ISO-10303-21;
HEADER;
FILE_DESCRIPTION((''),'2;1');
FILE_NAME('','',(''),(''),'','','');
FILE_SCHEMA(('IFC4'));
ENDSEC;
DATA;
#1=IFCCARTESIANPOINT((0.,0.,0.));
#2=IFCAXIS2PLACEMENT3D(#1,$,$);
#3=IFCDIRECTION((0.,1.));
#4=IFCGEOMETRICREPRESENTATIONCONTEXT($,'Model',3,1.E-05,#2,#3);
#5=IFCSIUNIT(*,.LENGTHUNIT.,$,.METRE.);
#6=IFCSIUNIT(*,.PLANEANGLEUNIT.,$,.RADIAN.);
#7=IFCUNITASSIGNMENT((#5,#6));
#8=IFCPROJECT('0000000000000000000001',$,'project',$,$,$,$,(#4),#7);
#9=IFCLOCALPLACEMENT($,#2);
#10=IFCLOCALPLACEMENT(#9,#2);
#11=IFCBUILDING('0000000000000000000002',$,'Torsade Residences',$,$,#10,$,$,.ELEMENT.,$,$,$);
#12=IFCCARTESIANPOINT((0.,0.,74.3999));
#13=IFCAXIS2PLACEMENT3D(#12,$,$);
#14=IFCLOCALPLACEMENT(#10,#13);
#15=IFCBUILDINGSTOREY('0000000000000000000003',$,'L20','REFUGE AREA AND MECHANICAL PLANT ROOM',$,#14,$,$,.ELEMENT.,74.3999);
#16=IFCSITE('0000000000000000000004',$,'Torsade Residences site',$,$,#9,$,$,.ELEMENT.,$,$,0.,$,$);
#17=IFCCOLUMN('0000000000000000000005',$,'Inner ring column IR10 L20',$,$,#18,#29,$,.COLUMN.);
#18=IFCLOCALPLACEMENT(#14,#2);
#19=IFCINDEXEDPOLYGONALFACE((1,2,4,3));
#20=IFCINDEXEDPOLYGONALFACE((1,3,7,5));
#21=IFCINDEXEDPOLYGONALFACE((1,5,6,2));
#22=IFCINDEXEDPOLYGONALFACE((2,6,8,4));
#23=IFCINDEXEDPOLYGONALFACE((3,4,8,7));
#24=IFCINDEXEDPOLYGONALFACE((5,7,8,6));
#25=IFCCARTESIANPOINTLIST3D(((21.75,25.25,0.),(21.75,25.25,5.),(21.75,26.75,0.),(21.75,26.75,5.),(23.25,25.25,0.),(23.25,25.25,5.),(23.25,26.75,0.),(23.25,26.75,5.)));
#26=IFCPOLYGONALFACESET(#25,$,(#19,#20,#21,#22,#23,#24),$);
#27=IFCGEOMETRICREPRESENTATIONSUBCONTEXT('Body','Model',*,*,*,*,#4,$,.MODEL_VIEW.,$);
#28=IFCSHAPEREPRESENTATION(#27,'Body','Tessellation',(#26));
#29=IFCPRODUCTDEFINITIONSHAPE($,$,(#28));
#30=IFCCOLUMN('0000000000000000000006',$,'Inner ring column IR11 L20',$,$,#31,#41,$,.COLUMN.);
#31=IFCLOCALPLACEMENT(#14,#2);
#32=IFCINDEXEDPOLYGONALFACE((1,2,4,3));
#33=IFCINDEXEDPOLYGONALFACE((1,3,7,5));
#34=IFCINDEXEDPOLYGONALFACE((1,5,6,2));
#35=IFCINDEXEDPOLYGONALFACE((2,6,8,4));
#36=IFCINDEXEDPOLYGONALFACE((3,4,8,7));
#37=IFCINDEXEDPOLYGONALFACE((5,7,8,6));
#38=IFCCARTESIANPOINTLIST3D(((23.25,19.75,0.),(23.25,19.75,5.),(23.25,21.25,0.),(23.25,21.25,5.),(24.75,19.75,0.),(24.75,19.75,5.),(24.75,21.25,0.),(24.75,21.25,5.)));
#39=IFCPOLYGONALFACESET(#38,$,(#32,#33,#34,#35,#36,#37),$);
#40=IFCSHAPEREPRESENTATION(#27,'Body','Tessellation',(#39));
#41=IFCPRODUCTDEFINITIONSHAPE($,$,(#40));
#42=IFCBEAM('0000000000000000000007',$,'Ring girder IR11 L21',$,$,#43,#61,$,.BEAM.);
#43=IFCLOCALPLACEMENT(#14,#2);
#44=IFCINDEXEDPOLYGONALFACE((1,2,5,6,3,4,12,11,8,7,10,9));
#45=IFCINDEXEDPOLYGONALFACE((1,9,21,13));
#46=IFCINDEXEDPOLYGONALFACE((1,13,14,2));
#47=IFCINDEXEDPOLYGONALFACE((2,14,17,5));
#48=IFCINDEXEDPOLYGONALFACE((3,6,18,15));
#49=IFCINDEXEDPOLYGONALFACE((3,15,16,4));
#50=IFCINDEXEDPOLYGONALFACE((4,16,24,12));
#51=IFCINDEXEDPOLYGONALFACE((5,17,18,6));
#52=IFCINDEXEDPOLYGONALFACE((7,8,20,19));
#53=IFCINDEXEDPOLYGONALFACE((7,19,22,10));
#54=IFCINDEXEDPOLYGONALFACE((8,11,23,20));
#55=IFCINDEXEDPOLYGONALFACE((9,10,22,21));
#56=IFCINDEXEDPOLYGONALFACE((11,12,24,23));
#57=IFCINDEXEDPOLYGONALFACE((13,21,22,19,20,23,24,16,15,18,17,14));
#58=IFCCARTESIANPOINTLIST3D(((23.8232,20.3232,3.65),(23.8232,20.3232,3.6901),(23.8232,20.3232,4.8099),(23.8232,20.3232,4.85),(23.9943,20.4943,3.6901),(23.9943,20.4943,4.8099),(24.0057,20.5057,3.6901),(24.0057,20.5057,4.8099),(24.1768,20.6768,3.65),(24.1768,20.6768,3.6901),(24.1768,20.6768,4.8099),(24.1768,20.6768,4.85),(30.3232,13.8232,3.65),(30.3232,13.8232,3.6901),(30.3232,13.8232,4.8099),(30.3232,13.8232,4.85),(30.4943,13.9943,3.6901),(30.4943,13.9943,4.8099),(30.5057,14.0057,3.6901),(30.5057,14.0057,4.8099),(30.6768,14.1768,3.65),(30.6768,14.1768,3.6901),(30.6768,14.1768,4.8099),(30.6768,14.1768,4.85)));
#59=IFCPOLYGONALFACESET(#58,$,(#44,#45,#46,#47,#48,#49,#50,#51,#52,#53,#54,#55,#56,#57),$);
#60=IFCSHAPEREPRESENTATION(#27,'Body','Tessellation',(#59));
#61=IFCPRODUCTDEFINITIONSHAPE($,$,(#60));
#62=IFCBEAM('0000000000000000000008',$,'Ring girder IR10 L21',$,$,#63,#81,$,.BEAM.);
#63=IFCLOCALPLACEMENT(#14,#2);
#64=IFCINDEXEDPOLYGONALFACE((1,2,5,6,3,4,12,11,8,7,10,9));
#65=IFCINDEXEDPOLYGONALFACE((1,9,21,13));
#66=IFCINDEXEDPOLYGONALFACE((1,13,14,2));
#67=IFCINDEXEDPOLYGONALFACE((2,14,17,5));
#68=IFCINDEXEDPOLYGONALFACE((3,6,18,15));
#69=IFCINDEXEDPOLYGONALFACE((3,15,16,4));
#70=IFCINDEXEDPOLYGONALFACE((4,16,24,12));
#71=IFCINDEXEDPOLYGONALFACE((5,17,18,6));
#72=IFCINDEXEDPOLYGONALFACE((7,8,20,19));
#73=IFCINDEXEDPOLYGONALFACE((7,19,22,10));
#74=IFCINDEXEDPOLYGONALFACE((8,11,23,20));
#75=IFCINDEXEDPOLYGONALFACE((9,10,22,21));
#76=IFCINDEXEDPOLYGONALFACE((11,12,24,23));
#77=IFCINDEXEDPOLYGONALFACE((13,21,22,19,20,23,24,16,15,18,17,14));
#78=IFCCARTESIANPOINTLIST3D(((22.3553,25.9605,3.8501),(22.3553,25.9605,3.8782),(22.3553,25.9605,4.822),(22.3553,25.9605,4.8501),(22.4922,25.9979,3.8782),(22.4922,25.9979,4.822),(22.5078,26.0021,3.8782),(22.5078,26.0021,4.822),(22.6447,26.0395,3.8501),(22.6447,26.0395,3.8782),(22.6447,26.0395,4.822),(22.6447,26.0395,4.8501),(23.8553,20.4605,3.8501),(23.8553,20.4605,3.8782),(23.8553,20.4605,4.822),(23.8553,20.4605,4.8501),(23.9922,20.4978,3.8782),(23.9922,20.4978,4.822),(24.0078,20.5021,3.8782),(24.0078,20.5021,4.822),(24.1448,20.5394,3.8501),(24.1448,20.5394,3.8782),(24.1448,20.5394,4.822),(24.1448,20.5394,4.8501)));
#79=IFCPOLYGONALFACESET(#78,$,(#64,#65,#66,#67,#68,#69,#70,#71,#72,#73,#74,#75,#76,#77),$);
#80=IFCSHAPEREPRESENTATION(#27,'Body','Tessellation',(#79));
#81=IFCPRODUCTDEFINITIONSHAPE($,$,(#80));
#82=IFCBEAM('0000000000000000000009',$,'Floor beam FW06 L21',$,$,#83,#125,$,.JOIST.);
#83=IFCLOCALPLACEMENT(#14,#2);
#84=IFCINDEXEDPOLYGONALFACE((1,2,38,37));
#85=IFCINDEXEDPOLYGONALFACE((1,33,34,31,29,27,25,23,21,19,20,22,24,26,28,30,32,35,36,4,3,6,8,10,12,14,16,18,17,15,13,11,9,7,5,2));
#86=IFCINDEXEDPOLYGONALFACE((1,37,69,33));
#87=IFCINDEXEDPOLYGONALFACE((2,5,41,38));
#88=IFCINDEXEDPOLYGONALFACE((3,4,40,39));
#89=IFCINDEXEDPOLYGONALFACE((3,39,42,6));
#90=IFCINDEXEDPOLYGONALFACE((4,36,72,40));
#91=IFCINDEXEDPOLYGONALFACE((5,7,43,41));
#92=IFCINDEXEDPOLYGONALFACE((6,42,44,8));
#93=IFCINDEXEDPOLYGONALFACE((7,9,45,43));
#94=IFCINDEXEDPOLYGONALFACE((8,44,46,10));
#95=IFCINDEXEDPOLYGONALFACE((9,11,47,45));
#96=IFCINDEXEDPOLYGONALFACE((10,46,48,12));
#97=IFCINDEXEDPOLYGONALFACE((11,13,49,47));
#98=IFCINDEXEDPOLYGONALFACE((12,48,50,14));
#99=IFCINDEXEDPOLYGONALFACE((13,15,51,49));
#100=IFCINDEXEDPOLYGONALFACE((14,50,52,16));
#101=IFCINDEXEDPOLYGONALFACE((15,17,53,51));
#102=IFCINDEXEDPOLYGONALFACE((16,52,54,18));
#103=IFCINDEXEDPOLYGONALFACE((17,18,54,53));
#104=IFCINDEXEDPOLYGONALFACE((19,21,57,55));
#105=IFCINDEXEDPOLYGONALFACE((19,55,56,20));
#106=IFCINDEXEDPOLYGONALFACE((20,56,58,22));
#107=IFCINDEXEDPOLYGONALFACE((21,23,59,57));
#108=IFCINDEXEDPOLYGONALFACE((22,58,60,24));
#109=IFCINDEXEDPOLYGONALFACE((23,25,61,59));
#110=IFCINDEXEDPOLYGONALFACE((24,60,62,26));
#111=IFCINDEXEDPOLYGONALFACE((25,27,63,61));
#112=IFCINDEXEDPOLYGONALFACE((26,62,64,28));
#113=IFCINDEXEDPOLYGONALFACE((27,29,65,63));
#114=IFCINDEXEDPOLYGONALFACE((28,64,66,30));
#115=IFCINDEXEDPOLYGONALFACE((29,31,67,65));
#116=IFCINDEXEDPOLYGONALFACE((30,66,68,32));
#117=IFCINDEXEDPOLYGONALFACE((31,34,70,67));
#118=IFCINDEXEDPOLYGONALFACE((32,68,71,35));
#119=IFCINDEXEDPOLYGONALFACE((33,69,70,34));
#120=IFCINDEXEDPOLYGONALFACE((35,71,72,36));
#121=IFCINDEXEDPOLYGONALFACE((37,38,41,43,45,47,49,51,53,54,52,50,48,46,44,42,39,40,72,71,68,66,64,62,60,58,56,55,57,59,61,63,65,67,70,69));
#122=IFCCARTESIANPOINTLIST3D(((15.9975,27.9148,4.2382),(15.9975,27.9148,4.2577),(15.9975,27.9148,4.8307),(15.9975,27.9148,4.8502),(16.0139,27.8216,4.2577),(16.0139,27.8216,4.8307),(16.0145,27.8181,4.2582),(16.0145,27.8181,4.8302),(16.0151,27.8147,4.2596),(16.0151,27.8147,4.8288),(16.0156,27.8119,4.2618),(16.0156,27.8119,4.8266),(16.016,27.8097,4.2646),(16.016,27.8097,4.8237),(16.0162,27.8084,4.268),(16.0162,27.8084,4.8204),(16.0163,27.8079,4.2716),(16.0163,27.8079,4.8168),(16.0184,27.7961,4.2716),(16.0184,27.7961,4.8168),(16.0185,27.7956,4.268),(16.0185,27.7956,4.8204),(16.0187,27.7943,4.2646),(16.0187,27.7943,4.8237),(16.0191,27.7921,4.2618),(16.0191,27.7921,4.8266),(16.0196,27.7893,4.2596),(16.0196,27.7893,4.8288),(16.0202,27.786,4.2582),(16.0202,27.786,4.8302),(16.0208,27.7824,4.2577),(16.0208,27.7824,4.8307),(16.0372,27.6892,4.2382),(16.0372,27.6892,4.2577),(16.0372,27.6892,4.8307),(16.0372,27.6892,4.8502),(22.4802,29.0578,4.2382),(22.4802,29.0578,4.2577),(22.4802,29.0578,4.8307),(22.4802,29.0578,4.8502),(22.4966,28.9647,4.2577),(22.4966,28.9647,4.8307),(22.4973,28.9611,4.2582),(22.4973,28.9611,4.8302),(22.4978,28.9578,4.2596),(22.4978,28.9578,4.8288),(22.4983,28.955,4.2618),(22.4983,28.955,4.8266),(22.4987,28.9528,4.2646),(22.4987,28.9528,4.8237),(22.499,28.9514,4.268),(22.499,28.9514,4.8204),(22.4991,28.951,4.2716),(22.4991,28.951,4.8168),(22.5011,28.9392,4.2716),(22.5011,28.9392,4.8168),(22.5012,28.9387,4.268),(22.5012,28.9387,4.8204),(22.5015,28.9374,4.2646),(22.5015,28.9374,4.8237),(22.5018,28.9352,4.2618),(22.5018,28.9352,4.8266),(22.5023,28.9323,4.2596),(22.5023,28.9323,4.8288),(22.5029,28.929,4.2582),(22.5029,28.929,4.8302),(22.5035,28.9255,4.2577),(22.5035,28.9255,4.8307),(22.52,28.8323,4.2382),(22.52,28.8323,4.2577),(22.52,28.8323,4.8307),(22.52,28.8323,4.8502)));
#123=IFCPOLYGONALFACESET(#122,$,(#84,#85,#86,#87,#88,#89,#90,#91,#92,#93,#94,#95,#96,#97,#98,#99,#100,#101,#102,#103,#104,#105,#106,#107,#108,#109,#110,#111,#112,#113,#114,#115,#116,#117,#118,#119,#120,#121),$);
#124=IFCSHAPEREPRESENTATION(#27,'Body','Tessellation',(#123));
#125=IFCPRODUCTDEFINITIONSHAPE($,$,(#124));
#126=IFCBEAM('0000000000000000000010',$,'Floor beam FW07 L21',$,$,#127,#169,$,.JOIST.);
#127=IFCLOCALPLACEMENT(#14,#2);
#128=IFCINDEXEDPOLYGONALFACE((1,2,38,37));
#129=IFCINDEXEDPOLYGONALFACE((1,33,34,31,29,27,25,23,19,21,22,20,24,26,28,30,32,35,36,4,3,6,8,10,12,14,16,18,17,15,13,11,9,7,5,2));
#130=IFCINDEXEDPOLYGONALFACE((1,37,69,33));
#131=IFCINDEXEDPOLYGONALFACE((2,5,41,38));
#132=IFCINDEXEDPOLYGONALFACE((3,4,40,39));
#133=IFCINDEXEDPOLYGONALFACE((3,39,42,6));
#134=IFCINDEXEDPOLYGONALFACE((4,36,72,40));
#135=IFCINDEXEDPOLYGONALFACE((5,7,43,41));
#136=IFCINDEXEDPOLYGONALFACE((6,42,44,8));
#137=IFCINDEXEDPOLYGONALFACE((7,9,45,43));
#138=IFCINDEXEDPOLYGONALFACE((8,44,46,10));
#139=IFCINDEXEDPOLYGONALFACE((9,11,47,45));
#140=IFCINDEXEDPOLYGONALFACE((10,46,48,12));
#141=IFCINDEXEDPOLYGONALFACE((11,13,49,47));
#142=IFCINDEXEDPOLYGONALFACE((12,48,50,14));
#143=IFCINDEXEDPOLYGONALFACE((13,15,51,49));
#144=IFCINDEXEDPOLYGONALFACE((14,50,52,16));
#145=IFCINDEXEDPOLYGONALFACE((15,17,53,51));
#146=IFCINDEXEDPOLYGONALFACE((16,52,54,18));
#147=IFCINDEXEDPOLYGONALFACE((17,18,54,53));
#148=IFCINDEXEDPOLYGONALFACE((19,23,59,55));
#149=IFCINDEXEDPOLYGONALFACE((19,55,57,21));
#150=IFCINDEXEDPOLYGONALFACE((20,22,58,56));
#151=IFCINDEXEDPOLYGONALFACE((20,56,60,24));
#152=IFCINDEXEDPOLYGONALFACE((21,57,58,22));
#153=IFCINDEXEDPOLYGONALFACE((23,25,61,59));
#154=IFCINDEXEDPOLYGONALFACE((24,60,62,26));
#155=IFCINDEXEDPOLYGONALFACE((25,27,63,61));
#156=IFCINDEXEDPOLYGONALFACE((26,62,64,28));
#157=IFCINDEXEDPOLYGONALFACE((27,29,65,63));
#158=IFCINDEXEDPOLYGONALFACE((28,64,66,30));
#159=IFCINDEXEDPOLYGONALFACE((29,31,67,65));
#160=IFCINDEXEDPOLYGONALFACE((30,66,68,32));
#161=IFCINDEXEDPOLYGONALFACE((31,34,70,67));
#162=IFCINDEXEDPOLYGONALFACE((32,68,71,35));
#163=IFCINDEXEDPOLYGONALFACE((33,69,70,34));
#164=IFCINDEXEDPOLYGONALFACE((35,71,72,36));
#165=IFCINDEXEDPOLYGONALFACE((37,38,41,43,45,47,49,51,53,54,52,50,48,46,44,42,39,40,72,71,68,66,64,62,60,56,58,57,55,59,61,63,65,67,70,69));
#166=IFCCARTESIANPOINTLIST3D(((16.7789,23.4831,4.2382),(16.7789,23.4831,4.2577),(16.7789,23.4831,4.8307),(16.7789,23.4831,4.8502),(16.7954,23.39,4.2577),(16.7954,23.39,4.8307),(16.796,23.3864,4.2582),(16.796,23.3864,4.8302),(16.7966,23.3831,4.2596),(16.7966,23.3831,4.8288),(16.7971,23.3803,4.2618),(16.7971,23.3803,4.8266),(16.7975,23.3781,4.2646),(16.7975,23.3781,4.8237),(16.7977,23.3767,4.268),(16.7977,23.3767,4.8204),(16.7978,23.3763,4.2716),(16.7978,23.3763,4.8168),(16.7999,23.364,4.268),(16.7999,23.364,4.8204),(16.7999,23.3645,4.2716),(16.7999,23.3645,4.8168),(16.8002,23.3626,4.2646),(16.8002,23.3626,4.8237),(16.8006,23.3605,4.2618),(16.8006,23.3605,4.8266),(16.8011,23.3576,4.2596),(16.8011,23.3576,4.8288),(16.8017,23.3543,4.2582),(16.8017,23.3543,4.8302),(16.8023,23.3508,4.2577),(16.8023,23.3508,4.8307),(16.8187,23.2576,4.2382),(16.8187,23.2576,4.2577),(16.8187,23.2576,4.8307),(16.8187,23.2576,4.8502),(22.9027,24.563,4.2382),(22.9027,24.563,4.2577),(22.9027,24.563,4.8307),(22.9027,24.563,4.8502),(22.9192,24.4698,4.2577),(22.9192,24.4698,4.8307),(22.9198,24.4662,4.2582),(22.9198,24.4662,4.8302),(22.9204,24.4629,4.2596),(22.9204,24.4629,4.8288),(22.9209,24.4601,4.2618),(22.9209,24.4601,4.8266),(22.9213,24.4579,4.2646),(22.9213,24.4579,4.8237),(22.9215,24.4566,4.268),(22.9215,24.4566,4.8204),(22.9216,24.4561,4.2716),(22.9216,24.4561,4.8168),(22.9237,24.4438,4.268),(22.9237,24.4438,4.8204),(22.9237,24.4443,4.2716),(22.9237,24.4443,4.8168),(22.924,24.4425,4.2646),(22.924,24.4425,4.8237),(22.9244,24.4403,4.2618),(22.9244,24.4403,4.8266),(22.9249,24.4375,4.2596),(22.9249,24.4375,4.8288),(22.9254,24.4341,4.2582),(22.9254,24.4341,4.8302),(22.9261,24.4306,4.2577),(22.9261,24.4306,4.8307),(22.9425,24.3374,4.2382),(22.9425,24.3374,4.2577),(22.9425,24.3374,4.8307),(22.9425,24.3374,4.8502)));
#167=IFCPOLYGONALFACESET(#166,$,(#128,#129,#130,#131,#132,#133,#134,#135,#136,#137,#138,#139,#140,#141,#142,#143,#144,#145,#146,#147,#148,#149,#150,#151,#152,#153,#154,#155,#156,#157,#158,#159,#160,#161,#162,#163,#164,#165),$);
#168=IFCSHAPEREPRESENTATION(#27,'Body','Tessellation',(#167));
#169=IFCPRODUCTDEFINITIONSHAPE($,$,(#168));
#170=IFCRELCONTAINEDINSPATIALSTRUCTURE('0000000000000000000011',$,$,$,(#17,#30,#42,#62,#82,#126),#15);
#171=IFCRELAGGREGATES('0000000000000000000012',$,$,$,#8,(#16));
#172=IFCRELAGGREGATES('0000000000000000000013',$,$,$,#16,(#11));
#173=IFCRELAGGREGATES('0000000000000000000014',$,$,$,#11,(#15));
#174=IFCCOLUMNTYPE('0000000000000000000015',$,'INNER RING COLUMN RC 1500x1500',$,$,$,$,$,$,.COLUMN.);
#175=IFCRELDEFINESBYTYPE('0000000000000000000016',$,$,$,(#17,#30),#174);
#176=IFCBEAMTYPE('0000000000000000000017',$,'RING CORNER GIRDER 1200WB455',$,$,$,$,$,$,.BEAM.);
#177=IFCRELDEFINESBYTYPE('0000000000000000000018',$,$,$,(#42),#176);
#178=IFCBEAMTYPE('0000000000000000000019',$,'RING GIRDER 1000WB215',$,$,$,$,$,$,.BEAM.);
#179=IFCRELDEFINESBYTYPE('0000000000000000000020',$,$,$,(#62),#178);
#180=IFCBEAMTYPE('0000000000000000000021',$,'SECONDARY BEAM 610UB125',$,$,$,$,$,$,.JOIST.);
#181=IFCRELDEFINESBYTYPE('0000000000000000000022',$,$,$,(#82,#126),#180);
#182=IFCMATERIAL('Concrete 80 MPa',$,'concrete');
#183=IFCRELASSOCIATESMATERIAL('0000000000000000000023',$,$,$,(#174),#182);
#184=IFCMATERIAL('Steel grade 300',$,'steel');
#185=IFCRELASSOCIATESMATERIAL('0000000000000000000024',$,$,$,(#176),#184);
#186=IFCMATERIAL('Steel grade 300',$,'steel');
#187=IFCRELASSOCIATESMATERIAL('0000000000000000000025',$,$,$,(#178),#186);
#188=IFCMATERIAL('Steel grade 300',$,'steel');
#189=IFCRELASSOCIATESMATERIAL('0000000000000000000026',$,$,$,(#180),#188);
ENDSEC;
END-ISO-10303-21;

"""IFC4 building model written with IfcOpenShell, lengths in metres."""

from ifc_helpers import new_model, si_unit, direction, frame, origin, origin_2d, place, context, subcontext, project, spatial, rectangle, i_section, extrude, material, material_profile, profile_set, type_object, element, save


model = new_model("IFC4")

# Units and contexts
model_context = context("Model", 3, precision=1e-05, world=origin(), true_north=direction((0.0, 1.0)))
body_context = subcontext(model_context, "Body", "Model", "MODEL_VIEW")
ifc_project = project(units=[si_unit("LENGTHUNIT", "METRE"), si_unit("PLANEANGLEUNIT", "RADIAN")], contexts=[model_context])

# Site, building, storey
site_placement = place(None, origin())
site = spatial("IfcSite", under=ifc_project, at=site_placement, Name="Torsade Residences site", CompositionType="ELEMENT", RefElevation=0.0)
building_placement = place(site_placement, origin())
building = spatial("IfcBuilding", under=site, at=building_placement, Name="Torsade Residences", CompositionType="ELEMENT")
storey_placement = place(building_placement, frame((0.0, 0.0, 74.3999)))
storey = spatial("IfcBuildingStorey", under=building, at=storey_placement, Name="L20", Description="REFUGE AREA AND MECHANICAL PLANT ROOM", CompositionType="ELEMENT", Elevation=74.3999)

# Columns
ifc_material_1 = material(Name="Concrete 80 MPa", Category="concrete")
ifc_material_profile_1 = material_profile(ifc_material_1, rectangle(XDim=1.5, YDim=1.5, at=origin_2d()), Name="RC 1500x1500")
ifc_profile_set_1 = profile_set([ifc_material_profile_1], Name="Concrete 80 MPa")
column_type = type_object("IfcColumnType", Name="INNER RING COLUMN RC 1500x1500", PredefinedType="COLUMN", material=ifc_profile_set_1)
for number, where, z_axis, x_axis, name in (
    (1, (22.5, 26.0, 0.0), (0.0, 0.0, 1.0), (1.0, 0.0, 0.0), "Inner ring column IR10 L20"),
    (2, (24.0, 20.5, 0.0), (0.0, 0.0, 1.0), (1.0, 0.0, 0.0), "Inner ring column IR11 L20"),
):
    element("IfcColumn", number, at=place(storey_placement, frame(where, z_axis=z_axis, x_axis=x_axis)), inside=storey, type_object=column_type, Name=name, PredefinedType="COLUMN", context=body_context, shape_type="SweptSolid", body=[
        extrude(rectangle(XDim=1.5, YDim=1.5, at=origin_2d()), origin(), (0.0, 0.0, 1.0), 5.0),
    ])

# Beams
ifc_material_2 = material(Name="Steel grade 300", Category="steel")
ifc_material_profile_2 = material_profile(ifc_material_2, i_section(OverallWidth=0.5, OverallDepth=1.2, WebThickness=0.0161, FlangeThickness=0.04, at=origin_2d()), Name="1200WB455")
ifc_profile_set_2 = profile_set([ifc_material_profile_2], Name="Steel grade 300")
beam_type_1 = type_object("IfcBeamType", Name="RING CORNER GIRDER 1200WB455", PredefinedType="BEAM", material=ifc_profile_set_2)
beam_1_placement = place(storey_placement, frame((24.0, 20.5, 4.25), z_axis=(0.707107, -0.707107, 0.0), x_axis=(0.707107, 0.707107, 0.0)))
element("IfcBeam", 3, at=beam_1_placement, inside=storey, type_object=beam_type_1, Name="Ring girder IR11 L21", PredefinedType="BEAM", context=body_context, shape_type="SweptSolid", body=[
    extrude(i_section(OverallWidth=0.5, OverallDepth=1.2, WebThickness=0.0161, FlangeThickness=0.04, at=origin_2d()), origin(), (0.0, 0.0, 1.0), 9.1924),
])
ifc_material_3 = material(Name="Steel grade 300", Category="steel")
ifc_material_profile_3 = material_profile(ifc_material_3, i_section(OverallWidth=0.3, OverallDepth=1.0, WebThickness=0.0161, FlangeThickness=0.0281, at=origin_2d()), Name="1000WB215")
ifc_profile_set_3 = profile_set([ifc_material_profile_3], Name="Steel grade 300")
beam_type_2 = type_object("IfcBeamType", Name="RING GIRDER 1000WB215", PredefinedType="BEAM", material=ifc_profile_set_3)
beam_2_placement = place(storey_placement, frame((22.5, 26.0, 4.3501), z_axis=(0.263117, -0.964764, 0.0), x_axis=(0.964764, 0.263117, 0.0)))
element("IfcBeam", 4, at=beam_2_placement, inside=storey, type_object=beam_type_2, Name="Ring girder IR10 L21", PredefinedType="BEAM", context=body_context, shape_type="SweptSolid", body=[
    extrude(i_section(OverallWidth=0.3, OverallDepth=1.0, WebThickness=0.0161, FlangeThickness=0.0281, at=origin_2d()), origin(), (0.0, 0.0, 1.0), 5.7009),
])
ifc_material_4 = material(Name="Steel grade 300", Category="steel")
ifc_material_profile_4 = material_profile(ifc_material_4, i_section(OverallWidth=0.229, OverallDepth=0.6121, WebThickness=0.012, FlangeThickness=0.0195, FilletRadius=0.0139, at=origin_2d()), Name="610UB125")
ifc_profile_set_4 = profile_set([ifc_material_profile_4], Name="Steel grade 300")
beam_type_3 = type_object("IfcBeamType", Name="SECONDARY BEAM 610UB125", PredefinedType="JOIST", material=ifc_profile_set_4)
beam_3_placement = place(storey_placement, frame((16.0173, 27.802, 4.5442), z_axis=(0.984808, 0.173648, 0.0), x_axis=(-0.173648, 0.984808, 0.0)))
element("IfcBeam", 5, at=beam_3_placement, inside=storey, type_object=beam_type_3, Name="Floor beam FW06 L21", PredefinedType="JOIST", context=body_context, shape_type="SweptSolid", body=[
    extrude(i_section(OverallWidth=0.229, OverallDepth=0.6121, WebThickness=0.012, FlangeThickness=0.0195, FilletRadius=0.0139, at=origin_2d()), origin(), (0.0, 0.0, 1.0), 6.5828),
])
beam_4_placement = place(storey_placement, frame((16.7988, 23.3704, 4.5442), z_axis=(0.984806, 0.173655, 0.0), x_axis=(-0.173655, 0.984806, 0.0)))
element("IfcBeam", 6, at=beam_4_placement, inside=storey, type_object=beam_type_3, Name="Floor beam FW07 L21", PredefinedType="JOIST", context=body_context, shape_type="SweptSolid", body=[
    extrude(i_section(OverallWidth=0.229, OverallDepth=0.6121, WebThickness=0.012, FlangeThickness=0.0195, FilletRadius=0.0139, at=origin_2d()), origin(), (0.0, 0.0, 1.0), 6.2183),
])

save(model, "model.ifc")
